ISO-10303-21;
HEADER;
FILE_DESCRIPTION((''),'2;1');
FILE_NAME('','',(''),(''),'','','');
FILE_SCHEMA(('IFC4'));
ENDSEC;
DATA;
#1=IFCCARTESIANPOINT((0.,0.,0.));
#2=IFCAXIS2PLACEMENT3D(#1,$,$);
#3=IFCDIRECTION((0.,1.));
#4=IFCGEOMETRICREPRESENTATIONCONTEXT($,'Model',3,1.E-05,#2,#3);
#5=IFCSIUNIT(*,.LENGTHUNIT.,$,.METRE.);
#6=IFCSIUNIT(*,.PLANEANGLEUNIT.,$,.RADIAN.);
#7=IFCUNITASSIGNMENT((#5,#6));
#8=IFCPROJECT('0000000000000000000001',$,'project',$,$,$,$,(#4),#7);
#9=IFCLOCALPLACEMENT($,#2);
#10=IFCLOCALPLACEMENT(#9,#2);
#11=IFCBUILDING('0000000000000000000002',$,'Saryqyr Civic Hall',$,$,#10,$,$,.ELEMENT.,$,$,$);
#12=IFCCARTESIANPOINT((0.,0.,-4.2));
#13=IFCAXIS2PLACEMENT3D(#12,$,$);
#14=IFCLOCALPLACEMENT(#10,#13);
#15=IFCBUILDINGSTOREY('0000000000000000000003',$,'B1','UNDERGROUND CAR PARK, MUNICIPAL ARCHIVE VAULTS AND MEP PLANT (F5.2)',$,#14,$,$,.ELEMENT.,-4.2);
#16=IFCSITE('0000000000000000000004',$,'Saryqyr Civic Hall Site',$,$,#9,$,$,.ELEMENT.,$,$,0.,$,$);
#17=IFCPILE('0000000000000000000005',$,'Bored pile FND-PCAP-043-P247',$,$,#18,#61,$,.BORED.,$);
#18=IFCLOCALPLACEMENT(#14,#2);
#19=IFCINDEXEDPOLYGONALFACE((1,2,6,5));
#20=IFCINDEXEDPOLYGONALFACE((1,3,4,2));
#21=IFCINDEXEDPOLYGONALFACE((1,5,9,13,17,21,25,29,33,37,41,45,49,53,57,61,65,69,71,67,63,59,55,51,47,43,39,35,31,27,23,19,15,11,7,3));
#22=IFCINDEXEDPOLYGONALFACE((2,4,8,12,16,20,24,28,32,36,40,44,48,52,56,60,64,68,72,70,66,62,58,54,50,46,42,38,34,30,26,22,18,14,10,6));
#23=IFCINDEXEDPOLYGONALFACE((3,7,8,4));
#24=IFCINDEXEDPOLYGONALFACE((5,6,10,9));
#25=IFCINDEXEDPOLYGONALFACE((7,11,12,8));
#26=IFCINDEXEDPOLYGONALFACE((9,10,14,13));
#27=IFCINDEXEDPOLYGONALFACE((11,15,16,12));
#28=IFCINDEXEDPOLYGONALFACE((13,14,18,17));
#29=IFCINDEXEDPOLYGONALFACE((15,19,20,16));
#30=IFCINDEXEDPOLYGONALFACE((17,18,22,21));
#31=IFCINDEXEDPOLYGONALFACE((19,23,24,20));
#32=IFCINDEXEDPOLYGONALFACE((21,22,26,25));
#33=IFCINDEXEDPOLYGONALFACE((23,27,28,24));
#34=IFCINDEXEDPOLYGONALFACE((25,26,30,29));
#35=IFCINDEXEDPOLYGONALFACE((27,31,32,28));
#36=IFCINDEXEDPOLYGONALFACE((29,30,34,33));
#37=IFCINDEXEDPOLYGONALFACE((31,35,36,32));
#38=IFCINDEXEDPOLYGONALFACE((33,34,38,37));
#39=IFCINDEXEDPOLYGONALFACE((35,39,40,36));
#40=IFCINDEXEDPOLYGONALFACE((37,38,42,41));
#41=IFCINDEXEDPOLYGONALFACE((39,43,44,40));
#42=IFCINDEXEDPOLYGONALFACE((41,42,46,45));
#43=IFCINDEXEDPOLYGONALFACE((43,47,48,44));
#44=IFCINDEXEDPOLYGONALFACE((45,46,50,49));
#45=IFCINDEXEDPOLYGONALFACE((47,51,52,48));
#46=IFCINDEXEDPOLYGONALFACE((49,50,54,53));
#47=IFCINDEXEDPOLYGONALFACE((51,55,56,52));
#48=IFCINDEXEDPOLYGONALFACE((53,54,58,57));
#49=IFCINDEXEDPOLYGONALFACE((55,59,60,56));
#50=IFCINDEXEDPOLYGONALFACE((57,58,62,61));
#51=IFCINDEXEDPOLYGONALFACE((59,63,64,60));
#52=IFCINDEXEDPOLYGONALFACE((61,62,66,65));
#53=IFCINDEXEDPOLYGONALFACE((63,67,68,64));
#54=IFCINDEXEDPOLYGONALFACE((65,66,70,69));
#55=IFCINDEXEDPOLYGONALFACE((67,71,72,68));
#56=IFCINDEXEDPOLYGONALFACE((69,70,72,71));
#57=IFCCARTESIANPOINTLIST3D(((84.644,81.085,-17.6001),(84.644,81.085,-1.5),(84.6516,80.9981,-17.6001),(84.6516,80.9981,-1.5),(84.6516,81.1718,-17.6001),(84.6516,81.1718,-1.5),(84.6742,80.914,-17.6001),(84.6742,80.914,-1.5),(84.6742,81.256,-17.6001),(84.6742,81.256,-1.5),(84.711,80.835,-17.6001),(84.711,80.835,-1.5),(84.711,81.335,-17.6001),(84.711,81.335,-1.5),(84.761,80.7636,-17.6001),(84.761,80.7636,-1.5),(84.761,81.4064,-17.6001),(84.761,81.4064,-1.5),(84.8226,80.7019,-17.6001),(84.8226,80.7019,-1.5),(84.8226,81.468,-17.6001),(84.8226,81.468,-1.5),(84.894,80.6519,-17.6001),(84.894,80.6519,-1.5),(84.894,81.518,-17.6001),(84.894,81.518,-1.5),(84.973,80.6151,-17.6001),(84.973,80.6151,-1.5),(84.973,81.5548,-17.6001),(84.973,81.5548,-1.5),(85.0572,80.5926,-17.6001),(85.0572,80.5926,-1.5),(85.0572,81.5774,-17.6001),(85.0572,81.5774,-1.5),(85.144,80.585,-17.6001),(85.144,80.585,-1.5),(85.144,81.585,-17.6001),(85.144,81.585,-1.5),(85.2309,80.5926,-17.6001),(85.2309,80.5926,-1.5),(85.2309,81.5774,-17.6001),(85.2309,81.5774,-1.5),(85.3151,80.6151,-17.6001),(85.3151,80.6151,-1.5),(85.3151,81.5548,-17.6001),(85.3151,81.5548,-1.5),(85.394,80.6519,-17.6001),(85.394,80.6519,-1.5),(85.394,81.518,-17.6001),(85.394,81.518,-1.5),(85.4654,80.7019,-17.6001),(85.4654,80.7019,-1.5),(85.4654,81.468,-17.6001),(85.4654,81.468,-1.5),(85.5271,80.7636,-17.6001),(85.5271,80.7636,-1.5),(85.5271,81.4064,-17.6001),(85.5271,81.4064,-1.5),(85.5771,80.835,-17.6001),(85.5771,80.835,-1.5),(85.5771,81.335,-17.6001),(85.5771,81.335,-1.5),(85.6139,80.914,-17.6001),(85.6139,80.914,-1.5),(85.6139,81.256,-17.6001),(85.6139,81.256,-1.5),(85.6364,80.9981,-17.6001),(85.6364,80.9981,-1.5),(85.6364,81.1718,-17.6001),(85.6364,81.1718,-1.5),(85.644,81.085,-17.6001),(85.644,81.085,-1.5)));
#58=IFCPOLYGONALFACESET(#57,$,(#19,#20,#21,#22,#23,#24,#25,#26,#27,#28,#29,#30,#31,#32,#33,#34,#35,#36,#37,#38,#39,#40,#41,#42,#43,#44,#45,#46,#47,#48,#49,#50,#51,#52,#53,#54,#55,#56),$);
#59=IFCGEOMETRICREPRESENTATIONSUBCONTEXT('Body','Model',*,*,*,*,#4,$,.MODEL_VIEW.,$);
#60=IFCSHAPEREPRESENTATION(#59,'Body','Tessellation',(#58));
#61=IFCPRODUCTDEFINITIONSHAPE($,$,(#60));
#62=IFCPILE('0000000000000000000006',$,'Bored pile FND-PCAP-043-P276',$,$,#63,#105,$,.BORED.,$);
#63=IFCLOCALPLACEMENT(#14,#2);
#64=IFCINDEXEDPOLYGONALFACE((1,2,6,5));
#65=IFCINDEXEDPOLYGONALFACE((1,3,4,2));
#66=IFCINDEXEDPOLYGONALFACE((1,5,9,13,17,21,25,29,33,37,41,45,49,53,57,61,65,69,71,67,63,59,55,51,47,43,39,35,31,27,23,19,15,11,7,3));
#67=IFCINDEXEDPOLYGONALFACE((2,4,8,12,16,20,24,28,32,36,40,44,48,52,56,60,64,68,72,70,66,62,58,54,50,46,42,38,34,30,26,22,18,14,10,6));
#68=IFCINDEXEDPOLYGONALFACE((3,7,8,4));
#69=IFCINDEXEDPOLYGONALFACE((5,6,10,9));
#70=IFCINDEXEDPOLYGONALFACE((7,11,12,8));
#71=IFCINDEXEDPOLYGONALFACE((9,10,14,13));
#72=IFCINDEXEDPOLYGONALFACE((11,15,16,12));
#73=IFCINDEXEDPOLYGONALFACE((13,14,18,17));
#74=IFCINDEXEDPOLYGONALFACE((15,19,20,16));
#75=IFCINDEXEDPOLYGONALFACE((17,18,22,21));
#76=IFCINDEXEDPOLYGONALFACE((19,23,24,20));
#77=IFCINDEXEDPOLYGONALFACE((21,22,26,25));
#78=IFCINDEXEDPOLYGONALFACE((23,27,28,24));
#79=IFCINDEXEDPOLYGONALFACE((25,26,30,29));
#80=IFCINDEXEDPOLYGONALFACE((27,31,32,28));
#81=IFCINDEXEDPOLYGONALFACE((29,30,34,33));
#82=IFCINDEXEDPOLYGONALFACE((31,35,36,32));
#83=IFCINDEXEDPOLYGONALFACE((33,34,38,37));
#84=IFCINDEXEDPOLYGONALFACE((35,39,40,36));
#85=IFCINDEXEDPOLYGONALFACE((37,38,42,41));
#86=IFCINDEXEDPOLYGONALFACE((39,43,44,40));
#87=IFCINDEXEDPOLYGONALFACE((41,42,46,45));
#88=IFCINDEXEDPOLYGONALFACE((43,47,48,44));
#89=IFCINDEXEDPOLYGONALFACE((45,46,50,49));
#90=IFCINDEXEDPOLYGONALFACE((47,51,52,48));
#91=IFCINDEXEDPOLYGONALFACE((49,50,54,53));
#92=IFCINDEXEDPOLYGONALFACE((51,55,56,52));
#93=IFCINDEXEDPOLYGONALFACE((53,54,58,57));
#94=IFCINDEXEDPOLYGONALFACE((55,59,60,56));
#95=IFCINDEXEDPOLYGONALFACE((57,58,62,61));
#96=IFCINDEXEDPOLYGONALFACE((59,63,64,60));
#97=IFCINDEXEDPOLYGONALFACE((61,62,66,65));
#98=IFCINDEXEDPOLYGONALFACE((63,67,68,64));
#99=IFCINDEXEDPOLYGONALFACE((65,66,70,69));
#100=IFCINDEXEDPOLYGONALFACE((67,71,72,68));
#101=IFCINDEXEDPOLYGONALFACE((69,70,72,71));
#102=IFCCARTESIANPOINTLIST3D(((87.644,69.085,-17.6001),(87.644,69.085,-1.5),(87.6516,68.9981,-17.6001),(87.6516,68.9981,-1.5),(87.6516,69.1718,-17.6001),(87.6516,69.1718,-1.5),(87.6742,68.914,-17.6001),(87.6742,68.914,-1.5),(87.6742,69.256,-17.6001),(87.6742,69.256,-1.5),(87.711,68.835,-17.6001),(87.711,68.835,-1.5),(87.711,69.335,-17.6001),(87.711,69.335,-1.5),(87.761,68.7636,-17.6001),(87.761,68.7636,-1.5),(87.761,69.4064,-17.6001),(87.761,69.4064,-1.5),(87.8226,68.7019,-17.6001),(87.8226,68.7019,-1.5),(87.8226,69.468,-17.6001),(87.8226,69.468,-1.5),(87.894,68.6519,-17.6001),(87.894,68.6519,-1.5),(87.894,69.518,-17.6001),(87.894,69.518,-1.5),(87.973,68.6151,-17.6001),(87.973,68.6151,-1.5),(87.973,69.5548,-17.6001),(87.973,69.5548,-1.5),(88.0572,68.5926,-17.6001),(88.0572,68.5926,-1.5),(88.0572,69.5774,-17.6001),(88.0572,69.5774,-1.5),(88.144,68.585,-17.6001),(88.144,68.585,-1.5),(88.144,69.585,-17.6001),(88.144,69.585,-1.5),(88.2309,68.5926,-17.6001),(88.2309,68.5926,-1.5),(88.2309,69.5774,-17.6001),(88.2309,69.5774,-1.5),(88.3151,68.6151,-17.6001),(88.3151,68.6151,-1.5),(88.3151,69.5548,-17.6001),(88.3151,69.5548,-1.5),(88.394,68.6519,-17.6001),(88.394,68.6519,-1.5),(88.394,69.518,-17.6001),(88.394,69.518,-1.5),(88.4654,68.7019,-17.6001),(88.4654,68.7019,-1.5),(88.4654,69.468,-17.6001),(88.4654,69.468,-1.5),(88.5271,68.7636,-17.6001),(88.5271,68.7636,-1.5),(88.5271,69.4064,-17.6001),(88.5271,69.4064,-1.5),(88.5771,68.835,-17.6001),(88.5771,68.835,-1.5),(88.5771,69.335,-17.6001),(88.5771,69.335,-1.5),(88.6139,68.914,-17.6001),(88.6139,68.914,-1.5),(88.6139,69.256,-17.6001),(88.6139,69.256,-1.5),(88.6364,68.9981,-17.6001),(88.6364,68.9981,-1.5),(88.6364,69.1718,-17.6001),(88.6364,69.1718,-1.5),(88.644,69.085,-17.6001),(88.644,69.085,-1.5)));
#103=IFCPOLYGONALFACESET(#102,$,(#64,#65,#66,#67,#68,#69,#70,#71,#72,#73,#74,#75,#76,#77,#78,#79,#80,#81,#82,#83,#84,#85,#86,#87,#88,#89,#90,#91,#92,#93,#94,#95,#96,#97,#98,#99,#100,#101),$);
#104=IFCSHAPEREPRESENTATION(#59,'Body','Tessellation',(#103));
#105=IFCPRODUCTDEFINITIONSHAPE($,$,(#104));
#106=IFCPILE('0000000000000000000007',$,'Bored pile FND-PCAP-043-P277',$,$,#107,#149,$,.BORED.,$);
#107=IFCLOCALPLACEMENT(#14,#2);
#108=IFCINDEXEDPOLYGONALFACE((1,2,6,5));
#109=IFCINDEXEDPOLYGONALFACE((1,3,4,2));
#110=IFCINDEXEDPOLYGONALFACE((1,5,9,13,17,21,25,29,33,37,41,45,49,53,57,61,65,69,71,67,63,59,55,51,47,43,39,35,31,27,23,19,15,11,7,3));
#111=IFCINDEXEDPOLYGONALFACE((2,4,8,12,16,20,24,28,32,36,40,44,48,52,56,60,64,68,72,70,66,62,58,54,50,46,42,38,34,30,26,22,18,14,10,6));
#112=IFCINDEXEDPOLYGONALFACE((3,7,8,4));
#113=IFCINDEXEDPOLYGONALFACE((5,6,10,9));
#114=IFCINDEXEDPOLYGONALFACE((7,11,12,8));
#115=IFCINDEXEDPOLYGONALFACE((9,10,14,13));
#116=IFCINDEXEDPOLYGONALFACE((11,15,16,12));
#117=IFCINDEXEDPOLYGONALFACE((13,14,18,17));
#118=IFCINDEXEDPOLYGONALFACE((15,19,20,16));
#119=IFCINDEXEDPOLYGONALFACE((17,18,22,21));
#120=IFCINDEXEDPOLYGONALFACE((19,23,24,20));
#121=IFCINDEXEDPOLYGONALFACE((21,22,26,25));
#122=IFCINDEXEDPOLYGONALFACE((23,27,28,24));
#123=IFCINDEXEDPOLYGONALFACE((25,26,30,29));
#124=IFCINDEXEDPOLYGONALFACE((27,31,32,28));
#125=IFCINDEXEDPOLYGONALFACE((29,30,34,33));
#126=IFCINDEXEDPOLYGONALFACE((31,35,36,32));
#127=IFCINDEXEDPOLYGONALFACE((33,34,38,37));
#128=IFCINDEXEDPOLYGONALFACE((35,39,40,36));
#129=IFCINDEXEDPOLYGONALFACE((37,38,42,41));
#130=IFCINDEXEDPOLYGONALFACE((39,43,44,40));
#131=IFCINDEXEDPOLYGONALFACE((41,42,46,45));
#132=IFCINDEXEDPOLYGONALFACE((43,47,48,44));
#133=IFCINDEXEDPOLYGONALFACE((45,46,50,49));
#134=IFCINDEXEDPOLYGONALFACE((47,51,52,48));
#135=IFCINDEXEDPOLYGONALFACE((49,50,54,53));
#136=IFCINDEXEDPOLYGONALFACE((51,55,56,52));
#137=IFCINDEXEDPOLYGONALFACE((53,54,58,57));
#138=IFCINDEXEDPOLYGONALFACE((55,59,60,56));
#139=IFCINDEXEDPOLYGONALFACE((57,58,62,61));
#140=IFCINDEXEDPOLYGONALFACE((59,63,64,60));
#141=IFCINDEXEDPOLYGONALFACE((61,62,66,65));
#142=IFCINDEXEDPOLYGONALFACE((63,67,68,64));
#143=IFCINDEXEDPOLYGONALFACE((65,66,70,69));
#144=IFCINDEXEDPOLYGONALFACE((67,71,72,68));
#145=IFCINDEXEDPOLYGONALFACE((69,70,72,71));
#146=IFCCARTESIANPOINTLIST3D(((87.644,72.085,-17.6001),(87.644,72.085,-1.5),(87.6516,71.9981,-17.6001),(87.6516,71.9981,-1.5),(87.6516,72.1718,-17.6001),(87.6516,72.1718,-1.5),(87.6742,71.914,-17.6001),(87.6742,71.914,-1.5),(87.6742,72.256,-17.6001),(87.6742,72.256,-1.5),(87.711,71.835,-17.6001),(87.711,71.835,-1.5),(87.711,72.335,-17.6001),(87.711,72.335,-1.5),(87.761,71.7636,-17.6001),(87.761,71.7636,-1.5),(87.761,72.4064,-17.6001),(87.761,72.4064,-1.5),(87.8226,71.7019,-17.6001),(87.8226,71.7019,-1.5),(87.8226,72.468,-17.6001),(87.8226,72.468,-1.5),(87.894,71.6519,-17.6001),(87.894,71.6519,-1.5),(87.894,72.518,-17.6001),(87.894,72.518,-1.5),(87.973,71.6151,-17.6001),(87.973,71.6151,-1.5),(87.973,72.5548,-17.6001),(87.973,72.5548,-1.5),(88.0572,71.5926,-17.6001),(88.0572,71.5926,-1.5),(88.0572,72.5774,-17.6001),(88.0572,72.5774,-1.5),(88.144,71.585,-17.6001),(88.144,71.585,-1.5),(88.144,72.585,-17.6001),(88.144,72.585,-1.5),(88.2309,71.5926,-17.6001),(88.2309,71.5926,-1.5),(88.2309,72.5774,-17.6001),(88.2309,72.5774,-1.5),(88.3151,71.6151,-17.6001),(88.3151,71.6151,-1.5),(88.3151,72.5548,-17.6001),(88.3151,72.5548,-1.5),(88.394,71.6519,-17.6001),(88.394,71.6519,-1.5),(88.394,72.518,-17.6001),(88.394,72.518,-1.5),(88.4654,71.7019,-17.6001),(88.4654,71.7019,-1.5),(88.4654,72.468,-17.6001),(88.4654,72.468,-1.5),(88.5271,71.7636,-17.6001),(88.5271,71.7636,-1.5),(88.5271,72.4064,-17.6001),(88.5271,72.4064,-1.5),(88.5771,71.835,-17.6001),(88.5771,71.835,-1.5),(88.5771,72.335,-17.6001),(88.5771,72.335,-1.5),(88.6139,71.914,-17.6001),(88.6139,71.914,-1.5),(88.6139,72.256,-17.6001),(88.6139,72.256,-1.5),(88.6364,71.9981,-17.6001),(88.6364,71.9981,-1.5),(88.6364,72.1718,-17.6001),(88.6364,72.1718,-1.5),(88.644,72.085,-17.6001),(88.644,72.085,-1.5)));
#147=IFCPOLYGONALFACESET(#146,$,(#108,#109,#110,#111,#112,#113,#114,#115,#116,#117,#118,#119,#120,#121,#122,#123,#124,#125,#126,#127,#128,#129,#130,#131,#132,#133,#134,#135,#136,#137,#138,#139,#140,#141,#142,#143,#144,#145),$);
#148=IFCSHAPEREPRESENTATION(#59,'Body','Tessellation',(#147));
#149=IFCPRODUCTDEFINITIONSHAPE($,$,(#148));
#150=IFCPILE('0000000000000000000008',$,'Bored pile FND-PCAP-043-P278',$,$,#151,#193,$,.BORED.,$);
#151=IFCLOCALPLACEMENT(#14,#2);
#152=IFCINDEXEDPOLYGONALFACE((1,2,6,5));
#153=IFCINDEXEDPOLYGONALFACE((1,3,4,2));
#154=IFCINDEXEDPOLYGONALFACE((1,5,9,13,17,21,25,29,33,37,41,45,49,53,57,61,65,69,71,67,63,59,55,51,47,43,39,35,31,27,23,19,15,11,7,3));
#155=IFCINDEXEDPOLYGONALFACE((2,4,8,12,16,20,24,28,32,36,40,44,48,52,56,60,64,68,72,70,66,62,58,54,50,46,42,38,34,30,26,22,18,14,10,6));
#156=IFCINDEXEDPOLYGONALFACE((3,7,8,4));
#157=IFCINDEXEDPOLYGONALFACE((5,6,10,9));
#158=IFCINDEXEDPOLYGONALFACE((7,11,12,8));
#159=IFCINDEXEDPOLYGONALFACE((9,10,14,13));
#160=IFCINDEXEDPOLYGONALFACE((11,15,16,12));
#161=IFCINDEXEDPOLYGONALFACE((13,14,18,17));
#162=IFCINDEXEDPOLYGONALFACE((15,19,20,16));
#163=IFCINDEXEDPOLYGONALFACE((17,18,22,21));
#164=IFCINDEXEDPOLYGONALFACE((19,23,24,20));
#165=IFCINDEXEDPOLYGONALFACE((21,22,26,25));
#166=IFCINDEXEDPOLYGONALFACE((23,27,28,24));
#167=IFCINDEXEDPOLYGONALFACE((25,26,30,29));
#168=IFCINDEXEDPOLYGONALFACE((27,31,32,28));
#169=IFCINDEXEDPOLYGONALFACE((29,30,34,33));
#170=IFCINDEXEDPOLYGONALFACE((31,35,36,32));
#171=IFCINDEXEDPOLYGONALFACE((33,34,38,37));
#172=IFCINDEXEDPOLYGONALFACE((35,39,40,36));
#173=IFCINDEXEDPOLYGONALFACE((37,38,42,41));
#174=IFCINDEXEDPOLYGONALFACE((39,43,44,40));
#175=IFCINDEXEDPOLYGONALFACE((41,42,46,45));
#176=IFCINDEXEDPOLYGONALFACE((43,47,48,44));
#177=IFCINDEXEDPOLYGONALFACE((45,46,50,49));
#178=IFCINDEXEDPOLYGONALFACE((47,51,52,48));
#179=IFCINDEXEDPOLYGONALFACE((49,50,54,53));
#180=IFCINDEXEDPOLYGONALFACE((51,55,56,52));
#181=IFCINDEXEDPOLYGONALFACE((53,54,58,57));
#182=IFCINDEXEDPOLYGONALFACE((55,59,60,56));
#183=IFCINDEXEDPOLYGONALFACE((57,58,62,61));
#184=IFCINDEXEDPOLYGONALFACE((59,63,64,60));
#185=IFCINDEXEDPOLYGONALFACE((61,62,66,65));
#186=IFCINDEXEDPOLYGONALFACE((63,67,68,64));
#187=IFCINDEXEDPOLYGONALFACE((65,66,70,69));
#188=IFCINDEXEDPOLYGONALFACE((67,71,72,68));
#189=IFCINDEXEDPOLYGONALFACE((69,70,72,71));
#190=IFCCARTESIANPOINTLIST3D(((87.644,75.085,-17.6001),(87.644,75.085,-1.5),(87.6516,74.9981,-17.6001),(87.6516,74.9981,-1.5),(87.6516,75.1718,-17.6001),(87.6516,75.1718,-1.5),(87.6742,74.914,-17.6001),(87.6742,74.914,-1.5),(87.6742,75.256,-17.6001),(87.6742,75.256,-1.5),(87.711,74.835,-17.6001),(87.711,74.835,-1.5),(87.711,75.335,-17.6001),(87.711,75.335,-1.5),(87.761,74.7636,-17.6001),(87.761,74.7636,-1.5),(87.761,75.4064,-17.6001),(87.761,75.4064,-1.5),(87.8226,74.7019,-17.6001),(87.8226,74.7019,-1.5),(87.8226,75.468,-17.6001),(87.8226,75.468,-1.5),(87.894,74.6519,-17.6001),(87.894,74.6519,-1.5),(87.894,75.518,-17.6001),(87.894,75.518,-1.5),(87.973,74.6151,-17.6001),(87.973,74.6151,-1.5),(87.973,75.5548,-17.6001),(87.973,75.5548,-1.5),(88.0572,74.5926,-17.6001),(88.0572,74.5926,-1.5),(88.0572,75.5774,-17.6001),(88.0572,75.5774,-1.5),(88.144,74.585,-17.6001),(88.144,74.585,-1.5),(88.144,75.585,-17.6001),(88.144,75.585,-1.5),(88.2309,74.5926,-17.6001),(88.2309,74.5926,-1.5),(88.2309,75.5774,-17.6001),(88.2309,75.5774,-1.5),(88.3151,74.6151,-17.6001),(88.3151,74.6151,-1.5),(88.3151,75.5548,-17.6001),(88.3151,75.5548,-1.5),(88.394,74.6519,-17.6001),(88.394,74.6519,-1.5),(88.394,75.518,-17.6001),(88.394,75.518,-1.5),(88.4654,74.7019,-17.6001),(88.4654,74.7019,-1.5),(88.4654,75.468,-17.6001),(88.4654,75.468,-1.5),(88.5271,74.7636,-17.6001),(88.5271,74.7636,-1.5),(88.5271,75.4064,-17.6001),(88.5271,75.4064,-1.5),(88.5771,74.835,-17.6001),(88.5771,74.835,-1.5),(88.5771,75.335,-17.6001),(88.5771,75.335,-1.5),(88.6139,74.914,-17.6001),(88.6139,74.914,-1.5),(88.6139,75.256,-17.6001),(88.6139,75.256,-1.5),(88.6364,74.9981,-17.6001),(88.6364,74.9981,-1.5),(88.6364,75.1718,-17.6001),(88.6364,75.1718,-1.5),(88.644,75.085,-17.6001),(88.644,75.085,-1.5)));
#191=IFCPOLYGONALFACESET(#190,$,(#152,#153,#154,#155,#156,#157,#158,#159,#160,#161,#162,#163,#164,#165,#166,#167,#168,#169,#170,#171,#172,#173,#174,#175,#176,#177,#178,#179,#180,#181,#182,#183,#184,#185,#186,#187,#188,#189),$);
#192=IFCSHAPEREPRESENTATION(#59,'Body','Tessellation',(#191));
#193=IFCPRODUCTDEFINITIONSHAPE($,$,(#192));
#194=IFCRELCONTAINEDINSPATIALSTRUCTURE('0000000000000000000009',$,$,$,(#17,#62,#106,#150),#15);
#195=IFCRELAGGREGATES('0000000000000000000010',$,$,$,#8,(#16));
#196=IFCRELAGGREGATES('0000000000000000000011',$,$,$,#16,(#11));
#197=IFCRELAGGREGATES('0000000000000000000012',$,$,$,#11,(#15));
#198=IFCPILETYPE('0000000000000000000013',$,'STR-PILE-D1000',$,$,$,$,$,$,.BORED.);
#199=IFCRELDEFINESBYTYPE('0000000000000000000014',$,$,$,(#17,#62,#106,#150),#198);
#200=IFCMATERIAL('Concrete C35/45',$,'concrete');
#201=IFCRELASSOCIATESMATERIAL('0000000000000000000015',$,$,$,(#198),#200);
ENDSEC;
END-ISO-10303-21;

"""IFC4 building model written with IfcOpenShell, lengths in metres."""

from ifc_helpers import new_model, si_unit, direction, frame, origin, origin_2d, place, context, subcontext, project, spatial, circle, extrude, material, material_profile, profile_set, type_object, element, save


model = new_model("IFC4")

# Units and contexts
model_context = context("Model", 3, precision=1e-05, world=origin(), true_north=direction((0.0, 1.0)))
body_context = subcontext(model_context, "Body", "Model", "MODEL_VIEW")
ifc_project = project(units=[si_unit("LENGTHUNIT", "METRE"), si_unit("PLANEANGLEUNIT", "RADIAN")], contexts=[model_context])

# Site, building, storey
site_placement = place(None, origin())
site = spatial("IfcSite", under=ifc_project, at=site_placement, Name="Saryqyr Civic Hall Site", CompositionType="ELEMENT", RefElevation=0.0)
building_placement = place(site_placement, origin())
building = spatial("IfcBuilding", under=site, at=building_placement, Name="Saryqyr Civic Hall", CompositionType="ELEMENT")
storey_placement = place(building_placement, frame((0.0, 0.0, -4.2)))
storey = spatial("IfcBuildingStorey", under=building, at=storey_placement, Name="B1", Description="UNDERGROUND CAR PARK, MUNICIPAL ARCHIVE VAULTS AND MEP PLANT (F5.2)", CompositionType="ELEMENT", Elevation=-4.2)

# Piles
ifc_material_1 = material(Name="Concrete C35/45", Category="concrete")
ifc_material_profile_1 = material_profile(ifc_material_1, circle(Radius=0.5, at=origin_2d()), Name="BORED PILE D1000")
ifc_profile_set_1 = profile_set([ifc_material_profile_1], Name="Concrete C35/45")
pile_type = type_object("IfcPileType", Name="STR-PILE-D1000", PredefinedType="BORED", material=ifc_profile_set_1)
for number, where, z_axis, x_axis, name in (
    (1, (85.144, 81.085, -1.5), (0.0, 0.0, -1.0), (1.0, 0.0, 0.0), "Bored pile FND-PCAP-043-P247"),
    (2, (88.144, 69.085, -1.5), (0.0, 0.0, -1.0), (1.0, 0.0, 0.0), "Bored pile FND-PCAP-043-P276"),
    (3, (88.144, 72.085, -1.5), (0.0, 0.0, -1.0), (1.0, 0.0, 0.0), "Bored pile FND-PCAP-043-P277"),
    (4, (88.144, 75.085, -1.5), (0.0, 0.0, -1.0), (1.0, 0.0, 0.0), "Bored pile FND-PCAP-043-P278"),
):
    element("IfcPile", number, at=place(storey_placement, frame(where, z_axis=z_axis, x_axis=x_axis)), inside=storey, type_object=pile_type, Name=name, PredefinedType="BORED", context=body_context, shape_type="SweptSolid", body=[
        extrude(circle(Radius=0.5, at=origin_2d()), origin(), (0.0, 0.0, 1.0), 16.1001),
    ])

save(model, "model.ifc")
